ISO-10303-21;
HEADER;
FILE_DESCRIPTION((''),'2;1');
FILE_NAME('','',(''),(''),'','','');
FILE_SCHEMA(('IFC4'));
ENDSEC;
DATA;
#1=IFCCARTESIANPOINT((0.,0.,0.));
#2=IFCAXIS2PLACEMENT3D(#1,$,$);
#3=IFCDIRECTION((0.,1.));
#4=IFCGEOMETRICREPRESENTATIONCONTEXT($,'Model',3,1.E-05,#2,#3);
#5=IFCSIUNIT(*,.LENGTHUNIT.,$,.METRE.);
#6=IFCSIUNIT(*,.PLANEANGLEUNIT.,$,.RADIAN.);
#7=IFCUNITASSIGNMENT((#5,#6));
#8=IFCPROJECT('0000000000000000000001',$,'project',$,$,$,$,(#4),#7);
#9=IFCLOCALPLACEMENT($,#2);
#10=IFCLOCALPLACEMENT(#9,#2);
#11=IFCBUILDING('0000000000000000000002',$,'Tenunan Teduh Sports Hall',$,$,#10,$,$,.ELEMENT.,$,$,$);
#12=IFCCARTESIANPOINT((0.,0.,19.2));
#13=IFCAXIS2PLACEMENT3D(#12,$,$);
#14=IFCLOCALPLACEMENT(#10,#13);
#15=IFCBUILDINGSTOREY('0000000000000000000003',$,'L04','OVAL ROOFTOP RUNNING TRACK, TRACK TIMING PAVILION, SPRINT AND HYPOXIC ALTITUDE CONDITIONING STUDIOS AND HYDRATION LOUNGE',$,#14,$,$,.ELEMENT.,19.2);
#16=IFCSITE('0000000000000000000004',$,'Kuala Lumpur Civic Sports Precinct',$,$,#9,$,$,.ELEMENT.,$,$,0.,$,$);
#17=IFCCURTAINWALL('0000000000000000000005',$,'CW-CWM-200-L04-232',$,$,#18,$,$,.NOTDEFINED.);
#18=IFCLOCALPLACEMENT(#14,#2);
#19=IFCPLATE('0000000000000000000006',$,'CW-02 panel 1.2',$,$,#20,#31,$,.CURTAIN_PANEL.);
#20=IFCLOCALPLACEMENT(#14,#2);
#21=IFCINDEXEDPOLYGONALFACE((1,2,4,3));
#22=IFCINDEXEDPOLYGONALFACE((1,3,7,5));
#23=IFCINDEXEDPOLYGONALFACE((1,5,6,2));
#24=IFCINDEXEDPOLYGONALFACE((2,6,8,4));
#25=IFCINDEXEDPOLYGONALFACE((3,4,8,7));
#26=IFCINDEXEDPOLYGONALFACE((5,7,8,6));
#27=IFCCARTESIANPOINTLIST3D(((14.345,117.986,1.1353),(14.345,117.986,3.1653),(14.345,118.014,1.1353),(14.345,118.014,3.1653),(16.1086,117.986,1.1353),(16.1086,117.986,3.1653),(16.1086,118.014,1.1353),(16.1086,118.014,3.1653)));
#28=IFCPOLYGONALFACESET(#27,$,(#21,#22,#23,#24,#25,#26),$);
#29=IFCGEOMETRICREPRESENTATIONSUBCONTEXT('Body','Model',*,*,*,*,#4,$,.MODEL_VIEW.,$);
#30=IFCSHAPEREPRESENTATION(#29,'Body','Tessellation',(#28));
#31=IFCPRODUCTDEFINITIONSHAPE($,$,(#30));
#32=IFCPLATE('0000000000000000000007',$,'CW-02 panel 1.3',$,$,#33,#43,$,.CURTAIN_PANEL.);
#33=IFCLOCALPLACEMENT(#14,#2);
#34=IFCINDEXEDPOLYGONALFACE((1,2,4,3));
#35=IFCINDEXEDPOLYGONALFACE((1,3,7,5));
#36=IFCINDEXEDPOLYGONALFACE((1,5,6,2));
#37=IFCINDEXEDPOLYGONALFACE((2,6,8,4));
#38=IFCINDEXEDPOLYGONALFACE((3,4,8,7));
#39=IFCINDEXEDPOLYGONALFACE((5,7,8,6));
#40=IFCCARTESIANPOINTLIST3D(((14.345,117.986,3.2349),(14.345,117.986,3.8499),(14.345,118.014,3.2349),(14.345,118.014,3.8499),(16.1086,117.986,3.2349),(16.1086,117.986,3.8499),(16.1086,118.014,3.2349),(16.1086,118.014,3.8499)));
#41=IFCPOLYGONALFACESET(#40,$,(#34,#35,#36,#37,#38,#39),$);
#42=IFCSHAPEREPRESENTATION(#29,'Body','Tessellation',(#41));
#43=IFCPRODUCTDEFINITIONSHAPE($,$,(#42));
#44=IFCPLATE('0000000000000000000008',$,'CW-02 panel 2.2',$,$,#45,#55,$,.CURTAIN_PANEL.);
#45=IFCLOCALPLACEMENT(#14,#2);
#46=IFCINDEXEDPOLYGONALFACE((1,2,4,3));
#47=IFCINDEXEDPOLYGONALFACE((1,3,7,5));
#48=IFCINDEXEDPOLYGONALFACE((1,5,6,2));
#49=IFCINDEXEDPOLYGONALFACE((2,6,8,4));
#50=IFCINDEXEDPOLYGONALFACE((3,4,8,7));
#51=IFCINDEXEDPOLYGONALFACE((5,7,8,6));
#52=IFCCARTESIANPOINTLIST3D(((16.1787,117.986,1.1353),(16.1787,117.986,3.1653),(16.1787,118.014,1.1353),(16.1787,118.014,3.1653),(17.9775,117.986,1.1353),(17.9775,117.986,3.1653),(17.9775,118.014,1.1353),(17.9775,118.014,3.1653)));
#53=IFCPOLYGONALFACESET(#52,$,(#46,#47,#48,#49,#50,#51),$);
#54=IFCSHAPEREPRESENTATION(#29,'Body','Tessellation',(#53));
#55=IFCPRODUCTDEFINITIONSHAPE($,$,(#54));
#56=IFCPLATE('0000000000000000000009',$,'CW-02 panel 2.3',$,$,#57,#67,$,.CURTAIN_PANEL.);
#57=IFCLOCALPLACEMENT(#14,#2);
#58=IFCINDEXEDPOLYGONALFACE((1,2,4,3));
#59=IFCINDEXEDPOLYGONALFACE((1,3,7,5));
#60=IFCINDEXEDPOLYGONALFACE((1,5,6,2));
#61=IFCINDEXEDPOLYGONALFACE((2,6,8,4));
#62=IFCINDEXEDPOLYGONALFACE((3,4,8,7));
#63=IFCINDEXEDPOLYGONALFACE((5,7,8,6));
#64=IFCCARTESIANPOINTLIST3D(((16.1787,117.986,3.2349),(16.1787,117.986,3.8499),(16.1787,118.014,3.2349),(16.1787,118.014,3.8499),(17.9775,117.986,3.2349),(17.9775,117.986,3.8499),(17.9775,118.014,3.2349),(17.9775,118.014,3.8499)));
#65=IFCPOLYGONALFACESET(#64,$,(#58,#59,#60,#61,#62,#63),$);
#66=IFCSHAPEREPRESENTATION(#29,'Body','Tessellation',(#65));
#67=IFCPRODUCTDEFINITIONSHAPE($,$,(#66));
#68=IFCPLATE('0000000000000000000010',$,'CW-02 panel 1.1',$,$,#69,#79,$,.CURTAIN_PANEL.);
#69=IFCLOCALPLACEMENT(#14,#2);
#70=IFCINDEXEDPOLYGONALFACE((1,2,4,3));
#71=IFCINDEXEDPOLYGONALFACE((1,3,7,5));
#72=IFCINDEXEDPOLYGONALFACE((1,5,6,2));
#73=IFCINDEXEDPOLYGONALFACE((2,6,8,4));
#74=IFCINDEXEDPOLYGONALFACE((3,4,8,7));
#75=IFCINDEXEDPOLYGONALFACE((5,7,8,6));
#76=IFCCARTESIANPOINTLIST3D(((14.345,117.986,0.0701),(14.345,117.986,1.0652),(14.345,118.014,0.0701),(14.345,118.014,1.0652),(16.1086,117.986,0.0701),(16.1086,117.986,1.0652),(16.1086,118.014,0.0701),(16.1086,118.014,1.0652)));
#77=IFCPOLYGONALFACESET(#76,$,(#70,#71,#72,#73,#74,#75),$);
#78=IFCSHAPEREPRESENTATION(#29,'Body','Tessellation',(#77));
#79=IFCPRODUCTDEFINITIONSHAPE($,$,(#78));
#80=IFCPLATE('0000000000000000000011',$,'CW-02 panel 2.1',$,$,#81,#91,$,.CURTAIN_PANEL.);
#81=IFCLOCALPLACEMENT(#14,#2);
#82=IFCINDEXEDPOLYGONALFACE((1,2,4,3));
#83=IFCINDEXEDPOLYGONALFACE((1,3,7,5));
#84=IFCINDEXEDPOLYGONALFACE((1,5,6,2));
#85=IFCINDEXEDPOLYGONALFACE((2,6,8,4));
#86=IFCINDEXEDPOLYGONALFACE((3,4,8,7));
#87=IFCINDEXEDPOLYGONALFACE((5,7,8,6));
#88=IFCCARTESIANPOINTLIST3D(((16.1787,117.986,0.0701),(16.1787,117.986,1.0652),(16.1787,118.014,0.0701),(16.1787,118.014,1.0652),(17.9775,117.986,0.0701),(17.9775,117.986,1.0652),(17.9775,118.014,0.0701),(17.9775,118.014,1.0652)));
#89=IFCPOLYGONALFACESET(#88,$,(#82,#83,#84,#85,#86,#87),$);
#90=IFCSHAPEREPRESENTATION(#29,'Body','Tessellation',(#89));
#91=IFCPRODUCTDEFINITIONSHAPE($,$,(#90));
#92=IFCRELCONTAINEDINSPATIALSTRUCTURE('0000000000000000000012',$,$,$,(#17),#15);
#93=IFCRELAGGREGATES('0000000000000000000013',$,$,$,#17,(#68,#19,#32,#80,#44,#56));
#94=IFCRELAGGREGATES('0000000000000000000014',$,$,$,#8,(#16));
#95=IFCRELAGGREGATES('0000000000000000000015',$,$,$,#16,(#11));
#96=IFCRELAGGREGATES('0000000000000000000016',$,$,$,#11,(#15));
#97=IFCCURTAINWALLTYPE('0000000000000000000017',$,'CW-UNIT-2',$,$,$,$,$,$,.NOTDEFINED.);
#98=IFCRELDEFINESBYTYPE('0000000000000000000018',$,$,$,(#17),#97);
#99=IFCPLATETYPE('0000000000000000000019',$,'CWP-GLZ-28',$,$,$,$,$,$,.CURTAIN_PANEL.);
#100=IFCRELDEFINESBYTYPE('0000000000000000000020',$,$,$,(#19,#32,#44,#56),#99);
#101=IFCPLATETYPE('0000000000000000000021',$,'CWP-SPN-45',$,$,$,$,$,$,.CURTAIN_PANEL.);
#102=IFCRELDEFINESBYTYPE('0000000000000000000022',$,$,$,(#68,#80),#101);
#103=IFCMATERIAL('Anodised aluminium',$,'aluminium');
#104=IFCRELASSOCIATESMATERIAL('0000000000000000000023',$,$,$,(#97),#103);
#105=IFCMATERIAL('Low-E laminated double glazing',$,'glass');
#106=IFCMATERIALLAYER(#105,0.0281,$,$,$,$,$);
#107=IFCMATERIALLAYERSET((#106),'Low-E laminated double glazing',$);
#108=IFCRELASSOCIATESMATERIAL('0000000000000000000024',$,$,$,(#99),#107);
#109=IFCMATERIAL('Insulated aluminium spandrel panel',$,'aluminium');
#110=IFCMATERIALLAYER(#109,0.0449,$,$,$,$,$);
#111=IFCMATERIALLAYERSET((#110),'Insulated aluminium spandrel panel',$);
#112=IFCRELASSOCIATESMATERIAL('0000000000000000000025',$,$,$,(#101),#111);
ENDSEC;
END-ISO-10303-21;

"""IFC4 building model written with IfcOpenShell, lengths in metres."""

from ifc_helpers import new_model, si_unit, direction, frame, origin, origin_2d, place, context, subcontext, project, spatial, rectangle, extrude, material, layer, layer_set, type_object, element, aggregate, save


model = new_model("IFC4")

# Units and contexts
model_context = context("Model", 3, precision=1e-05, world=origin(), true_north=direction((0.0, 1.0)))
body_context = subcontext(model_context, "Body", "Model", "MODEL_VIEW")
ifc_project = project(units=[si_unit("LENGTHUNIT", "METRE"), si_unit("PLANEANGLEUNIT", "RADIAN")], contexts=[model_context])

# Site, building, storey
site_placement = place(None, origin())
site = spatial("IfcSite", under=ifc_project, at=site_placement, Name="Kuala Lumpur Civic Sports Precinct", CompositionType="ELEMENT", RefElevation=0.0)
building_placement = place(site_placement, origin())
building = spatial("IfcBuilding", under=site, at=building_placement, Name="Tenunan Teduh Sports Hall", CompositionType="ELEMENT")
storey_placement = place(building_placement, frame((0.0, 0.0, 19.2)))
storey = spatial("IfcBuildingStorey", under=building, at=storey_placement, Name="L04", Description="OVAL ROOFTOP RUNNING TRACK, TRACK TIMING PAVILION, SPRINT AND HYPOXIC ALTITUDE CONDITIONING STUDIOS AND HYDRATION LOUNGE", CompositionType="ELEMENT", Elevation=19.2)

# Curtain wall, plates
ifc_material_1 = material(Name="Anodised aluminium", Category="aluminium")
curtain_wall_type = type_object("IfcCurtainWallType", Name="CW-UNIT-2", PredefinedType="NOTDEFINED", material=ifc_material_1)
curtain_wall_placement = place(storey_placement, origin())
curtain_wall = element("IfcCurtainWall", 1, at=curtain_wall_placement, inside=storey, type_object=curtain_wall_type, Name="CW-CWM-200-L04-232", PredefinedType="NOTDEFINED")
ifc_material_2 = material(Name="Low-E laminated double glazing", Category="glass")
ifc_layer_1 = layer(ifc_material_2, 0.0281)
ifc_layer_set_1 = layer_set([ifc_layer_1], Name="Low-E laminated double glazing")
plate_type_1 = type_object("IfcPlateType", Name="CWP-GLZ-28", PredefinedType="CURTAIN_PANEL", material=ifc_layer_set_1)
plate_1_placement = place(storey_placement, frame((15.2268, 118.0, 1.1353), z_axis=(0.0, 0.0, 1.0), x_axis=(1.0, 0.0, 0.0)))
plate_1 = element("IfcPlate", 2, at=plate_1_placement, type_object=plate_type_1, Name="CW-02 panel 1.2", PredefinedType="CURTAIN_PANEL", context=body_context, shape_type="SweptSolid", body=[
    extrude(rectangle(XDim=1.7637, YDim=0.0281, at=origin_2d()), origin(), (0.0, 0.0, 1.0), 2.03),
])
plate_2_placement = place(storey_placement, frame((15.2268, 118.0, 3.2349), z_axis=(0.0, 0.0, 1.0), x_axis=(1.0, 0.0, 0.0)))
plate_2 = element("IfcPlate", 3, at=plate_2_placement, type_object=plate_type_1, Name="CW-02 panel 1.3", PredefinedType="CURTAIN_PANEL", context=body_context, shape_type="SweptSolid", body=[
    extrude(rectangle(XDim=1.7637, YDim=0.0281, at=origin_2d()), origin(), (0.0, 0.0, 1.0), 0.615),
])
plate_3_placement = place(storey_placement, frame((17.0781, 118.0, 1.1353), z_axis=(0.0, 0.0, 1.0), x_axis=(1.0, 0.0, 0.0)))
plate_3 = element("IfcPlate", 4, at=plate_3_placement, type_object=plate_type_1, Name="CW-02 panel 2.2", PredefinedType="CURTAIN_PANEL", context=body_context, shape_type="SweptSolid", body=[
    extrude(rectangle(XDim=1.7988, YDim=0.0281, at=origin_2d()), origin(), (0.0, 0.0, 1.0), 2.03),
])
plate_4_placement = place(storey_placement, frame((17.0781, 118.0, 3.2349), z_axis=(0.0, 0.0, 1.0), x_axis=(1.0, 0.0, 0.0)))
plate_4 = element("IfcPlate", 5, at=plate_4_placement, type_object=plate_type_1, Name="CW-02 panel 2.3", PredefinedType="CURTAIN_PANEL", context=body_context, shape_type="SweptSolid", body=[
    extrude(rectangle(XDim=1.7988, YDim=0.0281, at=origin_2d()), origin(), (0.0, 0.0, 1.0), 0.615),
])
ifc_material_3 = material(Name="Insulated aluminium spandrel panel", Category="aluminium")
ifc_layer_2 = layer(ifc_material_3, 0.0449)
ifc_layer_set_2 = layer_set([ifc_layer_2], Name="Insulated aluminium spandrel panel")
plate_type_2 = type_object("IfcPlateType", Name="CWP-SPN-45", PredefinedType="CURTAIN_PANEL", material=ifc_layer_set_2)
plate_5_placement = place(storey_placement, frame((15.2268, 118.0, 0.0701), z_axis=(0.0, 0.0, 1.0), x_axis=(1.0, 0.0, 0.0)))
plate_5 = element("IfcPlate", 6, at=plate_5_placement, type_object=plate_type_2, Name="CW-02 panel 1.1", PredefinedType="CURTAIN_PANEL", context=body_context, shape_type="SweptSolid", body=[
    extrude(rectangle(XDim=1.7637, YDim=0.0281, at=origin_2d()), origin(), (0.0, 0.0, 1.0), 0.9951),
])
plate_6_placement = place(storey_placement, frame((17.0781, 118.0, 0.0701), z_axis=(0.0, 0.0, 1.0), x_axis=(1.0, 0.0, 0.0)))
plate_6 = element("IfcPlate", 7, at=plate_6_placement, type_object=plate_type_2, Name="CW-02 panel 2.1", PredefinedType="CURTAIN_PANEL", context=body_context, shape_type="SweptSolid", body=[
    extrude(rectangle(XDim=1.7988, YDim=0.0281, at=origin_2d()), origin(), (0.0, 0.0, 1.0), 0.9951),
])
aggregate(curtain_wall, [plate_5, plate_1, plate_2, plate_6, plate_3, plate_4])

save(model, "model.ifc")
